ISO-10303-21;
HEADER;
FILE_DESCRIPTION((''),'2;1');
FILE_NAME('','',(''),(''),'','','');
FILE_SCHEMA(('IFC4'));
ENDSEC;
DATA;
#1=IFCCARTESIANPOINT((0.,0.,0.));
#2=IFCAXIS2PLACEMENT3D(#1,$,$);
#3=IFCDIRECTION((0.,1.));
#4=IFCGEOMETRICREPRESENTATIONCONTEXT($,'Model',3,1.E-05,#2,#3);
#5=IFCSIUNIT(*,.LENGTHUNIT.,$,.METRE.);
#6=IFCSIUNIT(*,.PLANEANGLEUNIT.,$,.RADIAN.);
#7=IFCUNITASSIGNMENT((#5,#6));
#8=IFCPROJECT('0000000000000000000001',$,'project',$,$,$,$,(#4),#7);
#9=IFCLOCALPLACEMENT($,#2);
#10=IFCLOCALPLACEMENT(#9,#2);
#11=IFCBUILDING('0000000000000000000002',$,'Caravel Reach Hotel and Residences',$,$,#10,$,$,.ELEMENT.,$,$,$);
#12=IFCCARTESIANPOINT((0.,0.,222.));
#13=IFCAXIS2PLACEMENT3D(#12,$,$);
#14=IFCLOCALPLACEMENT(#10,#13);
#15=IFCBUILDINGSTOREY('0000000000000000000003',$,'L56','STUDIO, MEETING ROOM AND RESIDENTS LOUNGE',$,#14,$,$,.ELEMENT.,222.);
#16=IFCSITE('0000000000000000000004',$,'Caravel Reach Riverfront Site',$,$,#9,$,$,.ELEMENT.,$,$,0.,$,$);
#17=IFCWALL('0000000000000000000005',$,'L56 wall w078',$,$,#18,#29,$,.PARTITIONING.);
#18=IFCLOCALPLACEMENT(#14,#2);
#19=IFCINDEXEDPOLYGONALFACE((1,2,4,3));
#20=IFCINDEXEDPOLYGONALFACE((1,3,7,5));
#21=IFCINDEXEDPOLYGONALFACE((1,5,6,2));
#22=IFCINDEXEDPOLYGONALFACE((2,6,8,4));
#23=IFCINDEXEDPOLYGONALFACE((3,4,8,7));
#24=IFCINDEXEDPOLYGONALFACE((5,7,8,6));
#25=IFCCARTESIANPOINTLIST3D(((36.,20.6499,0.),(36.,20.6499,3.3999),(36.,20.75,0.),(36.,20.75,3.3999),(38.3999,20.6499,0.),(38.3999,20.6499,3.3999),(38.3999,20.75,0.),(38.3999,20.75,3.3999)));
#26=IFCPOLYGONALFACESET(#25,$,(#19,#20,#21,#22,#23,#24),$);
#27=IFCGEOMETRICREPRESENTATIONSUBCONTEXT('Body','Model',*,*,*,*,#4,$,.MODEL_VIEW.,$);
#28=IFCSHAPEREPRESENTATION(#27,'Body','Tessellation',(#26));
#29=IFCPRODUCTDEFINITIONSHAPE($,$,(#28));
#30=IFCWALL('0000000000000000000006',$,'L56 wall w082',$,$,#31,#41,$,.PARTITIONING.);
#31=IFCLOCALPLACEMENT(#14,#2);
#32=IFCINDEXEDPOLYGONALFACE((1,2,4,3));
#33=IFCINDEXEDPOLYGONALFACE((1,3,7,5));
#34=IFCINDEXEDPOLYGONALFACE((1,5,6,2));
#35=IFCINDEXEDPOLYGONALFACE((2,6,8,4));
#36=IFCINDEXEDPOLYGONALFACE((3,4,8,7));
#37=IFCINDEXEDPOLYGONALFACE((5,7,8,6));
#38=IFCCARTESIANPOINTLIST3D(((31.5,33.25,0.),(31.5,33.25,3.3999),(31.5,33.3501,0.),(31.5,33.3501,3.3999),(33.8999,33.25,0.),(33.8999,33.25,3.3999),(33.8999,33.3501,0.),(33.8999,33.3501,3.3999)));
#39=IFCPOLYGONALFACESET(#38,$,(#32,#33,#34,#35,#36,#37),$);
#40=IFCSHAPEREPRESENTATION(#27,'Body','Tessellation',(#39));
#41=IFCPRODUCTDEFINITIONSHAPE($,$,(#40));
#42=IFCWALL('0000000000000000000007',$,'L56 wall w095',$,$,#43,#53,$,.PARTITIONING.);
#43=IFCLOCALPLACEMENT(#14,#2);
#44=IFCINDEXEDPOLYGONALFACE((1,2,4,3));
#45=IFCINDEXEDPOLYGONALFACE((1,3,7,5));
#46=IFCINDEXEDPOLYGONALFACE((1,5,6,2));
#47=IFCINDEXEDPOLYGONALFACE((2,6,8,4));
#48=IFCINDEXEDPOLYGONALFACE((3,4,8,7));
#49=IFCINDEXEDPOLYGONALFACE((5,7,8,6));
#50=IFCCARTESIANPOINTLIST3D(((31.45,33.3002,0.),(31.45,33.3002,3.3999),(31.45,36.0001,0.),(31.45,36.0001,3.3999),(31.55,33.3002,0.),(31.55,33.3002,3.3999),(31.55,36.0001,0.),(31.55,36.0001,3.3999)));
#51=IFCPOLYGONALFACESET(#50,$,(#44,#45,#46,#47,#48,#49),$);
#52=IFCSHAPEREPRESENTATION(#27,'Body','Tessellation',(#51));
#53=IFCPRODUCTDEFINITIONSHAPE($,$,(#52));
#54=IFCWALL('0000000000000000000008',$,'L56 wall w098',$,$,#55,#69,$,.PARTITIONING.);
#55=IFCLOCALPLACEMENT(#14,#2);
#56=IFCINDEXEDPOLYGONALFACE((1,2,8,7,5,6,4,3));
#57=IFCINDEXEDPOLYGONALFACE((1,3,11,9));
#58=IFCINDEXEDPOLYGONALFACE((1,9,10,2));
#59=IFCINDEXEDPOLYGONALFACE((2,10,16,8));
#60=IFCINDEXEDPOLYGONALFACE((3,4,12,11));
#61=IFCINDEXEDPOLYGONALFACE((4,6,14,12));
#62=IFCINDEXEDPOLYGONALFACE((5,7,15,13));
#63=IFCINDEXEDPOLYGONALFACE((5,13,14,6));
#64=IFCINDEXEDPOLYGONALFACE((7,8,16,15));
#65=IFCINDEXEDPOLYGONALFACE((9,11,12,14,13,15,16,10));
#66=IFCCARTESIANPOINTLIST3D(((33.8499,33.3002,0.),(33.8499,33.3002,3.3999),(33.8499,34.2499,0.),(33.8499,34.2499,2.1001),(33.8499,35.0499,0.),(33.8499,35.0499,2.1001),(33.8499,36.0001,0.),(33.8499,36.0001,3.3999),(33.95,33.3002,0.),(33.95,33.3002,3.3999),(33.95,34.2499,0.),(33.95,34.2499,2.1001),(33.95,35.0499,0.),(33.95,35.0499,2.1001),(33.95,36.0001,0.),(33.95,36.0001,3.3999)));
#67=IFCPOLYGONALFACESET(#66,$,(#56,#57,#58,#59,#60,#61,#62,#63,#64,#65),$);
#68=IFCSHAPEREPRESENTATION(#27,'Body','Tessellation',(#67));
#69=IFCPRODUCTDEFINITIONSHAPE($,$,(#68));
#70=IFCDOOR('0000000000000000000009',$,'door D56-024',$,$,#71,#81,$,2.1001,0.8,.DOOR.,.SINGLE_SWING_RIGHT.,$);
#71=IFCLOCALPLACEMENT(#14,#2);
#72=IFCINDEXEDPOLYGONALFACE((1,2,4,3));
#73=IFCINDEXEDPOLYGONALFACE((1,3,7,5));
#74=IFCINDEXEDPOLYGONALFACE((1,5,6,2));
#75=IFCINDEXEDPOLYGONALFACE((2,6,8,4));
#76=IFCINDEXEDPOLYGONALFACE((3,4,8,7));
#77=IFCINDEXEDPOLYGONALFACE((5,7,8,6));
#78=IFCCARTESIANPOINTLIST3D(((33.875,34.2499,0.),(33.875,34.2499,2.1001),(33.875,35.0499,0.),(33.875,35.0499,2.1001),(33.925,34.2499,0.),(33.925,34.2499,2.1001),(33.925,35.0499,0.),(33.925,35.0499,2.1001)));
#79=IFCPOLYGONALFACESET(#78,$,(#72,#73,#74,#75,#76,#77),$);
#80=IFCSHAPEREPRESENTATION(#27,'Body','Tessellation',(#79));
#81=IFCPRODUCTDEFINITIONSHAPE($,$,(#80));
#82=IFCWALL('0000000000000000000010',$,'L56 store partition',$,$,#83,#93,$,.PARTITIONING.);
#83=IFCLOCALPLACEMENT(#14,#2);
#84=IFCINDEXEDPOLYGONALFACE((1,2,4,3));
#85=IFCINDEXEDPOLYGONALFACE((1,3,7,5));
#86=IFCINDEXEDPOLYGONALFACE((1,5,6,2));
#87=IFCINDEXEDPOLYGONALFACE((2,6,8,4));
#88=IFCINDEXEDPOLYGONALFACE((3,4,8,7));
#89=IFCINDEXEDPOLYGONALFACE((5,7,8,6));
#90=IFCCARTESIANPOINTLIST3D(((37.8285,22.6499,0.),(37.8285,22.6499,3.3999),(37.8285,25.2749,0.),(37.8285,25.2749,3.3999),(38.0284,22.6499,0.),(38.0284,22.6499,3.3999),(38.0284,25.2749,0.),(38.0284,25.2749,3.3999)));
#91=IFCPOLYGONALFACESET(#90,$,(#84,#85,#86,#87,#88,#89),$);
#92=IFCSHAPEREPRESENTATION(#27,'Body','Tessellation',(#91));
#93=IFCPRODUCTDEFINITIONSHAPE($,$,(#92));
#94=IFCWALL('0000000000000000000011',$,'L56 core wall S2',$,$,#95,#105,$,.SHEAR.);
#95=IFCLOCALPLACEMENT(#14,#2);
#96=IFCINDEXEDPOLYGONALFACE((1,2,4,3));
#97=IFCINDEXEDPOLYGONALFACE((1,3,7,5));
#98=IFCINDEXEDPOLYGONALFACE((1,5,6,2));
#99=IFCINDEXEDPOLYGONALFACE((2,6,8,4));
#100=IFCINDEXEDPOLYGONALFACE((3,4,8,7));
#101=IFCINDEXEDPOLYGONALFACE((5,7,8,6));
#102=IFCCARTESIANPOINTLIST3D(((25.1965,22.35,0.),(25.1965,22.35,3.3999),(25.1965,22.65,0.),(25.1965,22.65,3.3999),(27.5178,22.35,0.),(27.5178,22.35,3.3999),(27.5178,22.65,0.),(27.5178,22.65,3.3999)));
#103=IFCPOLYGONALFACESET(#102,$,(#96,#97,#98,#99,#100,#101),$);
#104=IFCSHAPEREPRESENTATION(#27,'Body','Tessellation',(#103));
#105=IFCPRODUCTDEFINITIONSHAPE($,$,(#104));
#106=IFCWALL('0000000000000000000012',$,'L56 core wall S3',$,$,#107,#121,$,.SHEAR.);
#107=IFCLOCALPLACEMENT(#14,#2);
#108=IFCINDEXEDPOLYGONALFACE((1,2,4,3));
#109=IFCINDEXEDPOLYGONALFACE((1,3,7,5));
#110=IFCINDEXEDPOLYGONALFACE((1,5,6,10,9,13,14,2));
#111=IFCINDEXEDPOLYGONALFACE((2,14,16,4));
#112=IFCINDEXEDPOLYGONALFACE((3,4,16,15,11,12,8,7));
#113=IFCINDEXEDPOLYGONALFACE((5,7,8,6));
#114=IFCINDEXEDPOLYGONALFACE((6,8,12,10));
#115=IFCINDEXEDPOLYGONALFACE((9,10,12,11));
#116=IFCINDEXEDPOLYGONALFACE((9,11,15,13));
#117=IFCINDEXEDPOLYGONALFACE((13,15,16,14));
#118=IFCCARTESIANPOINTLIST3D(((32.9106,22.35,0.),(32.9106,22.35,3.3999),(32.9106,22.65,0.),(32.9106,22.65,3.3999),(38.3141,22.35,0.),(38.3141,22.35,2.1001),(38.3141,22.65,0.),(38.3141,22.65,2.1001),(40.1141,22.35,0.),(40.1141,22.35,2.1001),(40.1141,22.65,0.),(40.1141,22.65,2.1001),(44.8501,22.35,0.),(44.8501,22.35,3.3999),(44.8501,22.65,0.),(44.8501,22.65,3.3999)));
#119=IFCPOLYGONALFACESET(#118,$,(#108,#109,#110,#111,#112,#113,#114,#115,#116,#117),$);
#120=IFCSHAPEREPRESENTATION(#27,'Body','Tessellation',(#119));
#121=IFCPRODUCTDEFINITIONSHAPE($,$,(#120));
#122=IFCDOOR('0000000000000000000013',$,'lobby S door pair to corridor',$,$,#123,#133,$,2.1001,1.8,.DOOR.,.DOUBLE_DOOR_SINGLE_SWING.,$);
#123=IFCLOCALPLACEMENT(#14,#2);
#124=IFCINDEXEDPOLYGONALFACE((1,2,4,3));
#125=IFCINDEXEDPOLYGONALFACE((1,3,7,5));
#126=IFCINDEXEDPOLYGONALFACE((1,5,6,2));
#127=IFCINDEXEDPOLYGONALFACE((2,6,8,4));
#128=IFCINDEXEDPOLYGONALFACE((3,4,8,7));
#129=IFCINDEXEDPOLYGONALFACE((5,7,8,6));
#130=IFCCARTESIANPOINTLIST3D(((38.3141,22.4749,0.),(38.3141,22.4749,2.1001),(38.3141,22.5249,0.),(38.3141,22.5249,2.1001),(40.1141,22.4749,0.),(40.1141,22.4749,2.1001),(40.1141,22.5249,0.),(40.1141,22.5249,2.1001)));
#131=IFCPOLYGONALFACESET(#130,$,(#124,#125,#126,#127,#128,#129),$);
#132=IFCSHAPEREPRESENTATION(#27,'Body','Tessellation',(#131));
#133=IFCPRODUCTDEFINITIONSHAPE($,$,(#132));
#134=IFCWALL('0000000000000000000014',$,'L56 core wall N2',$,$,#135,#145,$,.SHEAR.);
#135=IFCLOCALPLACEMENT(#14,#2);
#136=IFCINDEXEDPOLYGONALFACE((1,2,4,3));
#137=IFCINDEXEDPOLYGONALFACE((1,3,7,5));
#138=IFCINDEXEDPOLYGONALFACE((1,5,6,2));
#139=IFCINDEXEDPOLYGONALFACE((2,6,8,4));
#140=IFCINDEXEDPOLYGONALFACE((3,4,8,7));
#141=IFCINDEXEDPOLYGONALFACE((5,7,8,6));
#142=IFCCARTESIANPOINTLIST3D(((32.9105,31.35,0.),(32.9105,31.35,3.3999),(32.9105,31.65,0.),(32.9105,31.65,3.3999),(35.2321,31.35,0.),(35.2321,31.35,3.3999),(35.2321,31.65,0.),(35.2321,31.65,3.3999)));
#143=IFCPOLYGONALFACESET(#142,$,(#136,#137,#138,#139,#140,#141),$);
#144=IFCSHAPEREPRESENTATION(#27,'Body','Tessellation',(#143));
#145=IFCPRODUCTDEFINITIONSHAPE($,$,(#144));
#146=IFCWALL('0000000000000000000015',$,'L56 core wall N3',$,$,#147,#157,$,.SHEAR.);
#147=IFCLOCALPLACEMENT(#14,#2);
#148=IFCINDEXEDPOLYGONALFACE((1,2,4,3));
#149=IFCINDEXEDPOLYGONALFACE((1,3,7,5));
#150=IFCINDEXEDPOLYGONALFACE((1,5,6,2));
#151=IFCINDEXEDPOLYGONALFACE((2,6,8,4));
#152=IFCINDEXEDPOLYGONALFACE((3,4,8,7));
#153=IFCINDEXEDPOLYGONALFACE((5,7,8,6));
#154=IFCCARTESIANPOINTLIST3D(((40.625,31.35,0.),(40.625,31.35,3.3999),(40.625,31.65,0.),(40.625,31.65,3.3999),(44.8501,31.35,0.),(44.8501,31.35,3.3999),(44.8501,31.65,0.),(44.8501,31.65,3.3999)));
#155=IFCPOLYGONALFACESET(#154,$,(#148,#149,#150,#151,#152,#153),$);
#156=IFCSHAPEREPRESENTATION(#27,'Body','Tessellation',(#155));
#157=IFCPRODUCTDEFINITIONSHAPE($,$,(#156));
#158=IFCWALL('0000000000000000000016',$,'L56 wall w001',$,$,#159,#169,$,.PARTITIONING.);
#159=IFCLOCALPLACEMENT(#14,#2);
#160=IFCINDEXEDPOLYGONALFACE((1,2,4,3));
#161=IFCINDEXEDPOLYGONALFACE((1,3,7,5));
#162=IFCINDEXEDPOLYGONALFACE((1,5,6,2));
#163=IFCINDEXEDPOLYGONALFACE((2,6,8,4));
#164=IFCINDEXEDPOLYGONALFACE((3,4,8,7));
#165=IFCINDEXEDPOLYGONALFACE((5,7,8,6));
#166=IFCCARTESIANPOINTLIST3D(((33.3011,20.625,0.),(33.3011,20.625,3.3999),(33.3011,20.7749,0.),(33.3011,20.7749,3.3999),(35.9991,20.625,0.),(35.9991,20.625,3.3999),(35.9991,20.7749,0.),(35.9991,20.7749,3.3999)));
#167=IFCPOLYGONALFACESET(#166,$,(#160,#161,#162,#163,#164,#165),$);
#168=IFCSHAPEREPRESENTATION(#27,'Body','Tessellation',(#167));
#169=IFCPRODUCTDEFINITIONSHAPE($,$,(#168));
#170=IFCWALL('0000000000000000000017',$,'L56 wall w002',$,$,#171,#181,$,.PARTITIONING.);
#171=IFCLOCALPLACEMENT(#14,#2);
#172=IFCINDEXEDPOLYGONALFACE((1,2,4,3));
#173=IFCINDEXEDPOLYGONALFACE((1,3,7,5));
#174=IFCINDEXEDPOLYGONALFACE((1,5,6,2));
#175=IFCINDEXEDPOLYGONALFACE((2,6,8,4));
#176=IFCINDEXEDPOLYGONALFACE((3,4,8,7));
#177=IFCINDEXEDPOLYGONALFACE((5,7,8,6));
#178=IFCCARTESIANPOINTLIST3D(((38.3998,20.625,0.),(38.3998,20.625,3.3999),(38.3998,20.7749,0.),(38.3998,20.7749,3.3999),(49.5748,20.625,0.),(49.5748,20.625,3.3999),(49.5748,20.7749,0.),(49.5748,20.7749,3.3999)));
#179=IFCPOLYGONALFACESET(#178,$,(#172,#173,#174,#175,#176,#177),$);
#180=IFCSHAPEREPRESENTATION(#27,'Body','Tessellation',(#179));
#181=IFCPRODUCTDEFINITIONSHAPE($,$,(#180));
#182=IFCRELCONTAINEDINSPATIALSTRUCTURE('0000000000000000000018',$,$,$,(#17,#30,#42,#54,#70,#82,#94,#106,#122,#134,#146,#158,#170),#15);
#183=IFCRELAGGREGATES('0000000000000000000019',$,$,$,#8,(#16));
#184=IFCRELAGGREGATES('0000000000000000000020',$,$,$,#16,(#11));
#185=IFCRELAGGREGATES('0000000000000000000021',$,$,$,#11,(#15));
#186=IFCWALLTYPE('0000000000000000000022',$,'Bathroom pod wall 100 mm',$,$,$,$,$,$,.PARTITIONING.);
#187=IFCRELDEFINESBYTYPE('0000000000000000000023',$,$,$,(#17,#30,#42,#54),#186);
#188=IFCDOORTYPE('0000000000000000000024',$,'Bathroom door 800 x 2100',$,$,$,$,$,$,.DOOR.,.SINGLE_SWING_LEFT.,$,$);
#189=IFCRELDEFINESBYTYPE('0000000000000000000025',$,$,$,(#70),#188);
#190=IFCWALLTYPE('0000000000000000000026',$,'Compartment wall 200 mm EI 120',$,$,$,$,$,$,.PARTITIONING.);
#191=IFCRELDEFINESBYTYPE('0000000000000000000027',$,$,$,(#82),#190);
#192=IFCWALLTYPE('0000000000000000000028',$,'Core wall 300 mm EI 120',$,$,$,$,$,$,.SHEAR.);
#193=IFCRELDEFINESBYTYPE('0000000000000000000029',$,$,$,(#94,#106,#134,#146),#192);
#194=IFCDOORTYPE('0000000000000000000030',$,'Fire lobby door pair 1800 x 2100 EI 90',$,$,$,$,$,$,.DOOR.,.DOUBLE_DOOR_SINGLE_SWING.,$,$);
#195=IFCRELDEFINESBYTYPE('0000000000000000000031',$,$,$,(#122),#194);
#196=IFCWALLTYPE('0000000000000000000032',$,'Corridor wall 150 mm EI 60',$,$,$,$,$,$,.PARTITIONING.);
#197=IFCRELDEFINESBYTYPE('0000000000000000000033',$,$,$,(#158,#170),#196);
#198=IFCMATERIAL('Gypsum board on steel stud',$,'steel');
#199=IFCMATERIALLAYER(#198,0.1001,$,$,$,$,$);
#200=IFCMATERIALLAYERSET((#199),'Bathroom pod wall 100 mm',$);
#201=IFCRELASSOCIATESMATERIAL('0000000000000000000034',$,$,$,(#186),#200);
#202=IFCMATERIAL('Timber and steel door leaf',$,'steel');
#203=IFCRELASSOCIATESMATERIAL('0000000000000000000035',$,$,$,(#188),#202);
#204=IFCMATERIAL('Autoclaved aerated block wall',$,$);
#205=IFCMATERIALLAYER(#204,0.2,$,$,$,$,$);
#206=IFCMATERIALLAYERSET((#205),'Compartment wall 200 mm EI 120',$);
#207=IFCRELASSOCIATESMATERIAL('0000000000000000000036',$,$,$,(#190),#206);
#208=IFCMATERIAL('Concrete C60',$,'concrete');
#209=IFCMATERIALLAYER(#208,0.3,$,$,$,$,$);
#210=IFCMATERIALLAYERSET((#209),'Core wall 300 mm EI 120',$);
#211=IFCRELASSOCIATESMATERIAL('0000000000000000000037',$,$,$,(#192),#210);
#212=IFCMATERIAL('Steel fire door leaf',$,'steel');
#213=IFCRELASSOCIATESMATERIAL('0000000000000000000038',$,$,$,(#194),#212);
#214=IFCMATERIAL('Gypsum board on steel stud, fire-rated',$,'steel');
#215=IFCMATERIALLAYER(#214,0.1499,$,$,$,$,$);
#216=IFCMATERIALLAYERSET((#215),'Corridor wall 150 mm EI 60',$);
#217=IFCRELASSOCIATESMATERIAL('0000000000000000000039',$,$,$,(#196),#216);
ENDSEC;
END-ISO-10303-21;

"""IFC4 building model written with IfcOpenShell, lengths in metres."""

from ifc_helpers import new_model, si_unit, direction, frame, frame_2d, origin, place, context, subcontext, project, spatial, rectangle, extrude, material, layer, layer_set, type_object, element, fill, save


model = new_model("IFC4")

# Units and contexts
model_context = context("Model", 3, precision=1e-05, world=origin(), true_north=direction((0.0, 1.0)))
body_context = subcontext(model_context, "Body", "Model", "MODEL_VIEW")
ifc_project = project(units=[si_unit("LENGTHUNIT", "METRE"), si_unit("PLANEANGLEUNIT", "RADIAN")], contexts=[model_context])

# Site, building, storey
site_placement = place(None, origin())
site = spatial("IfcSite", under=ifc_project, at=site_placement, Name="Caravel Reach Riverfront Site", CompositionType="ELEMENT", RefElevation=0.0)
building_placement = place(site_placement, origin())
building = spatial("IfcBuilding", under=site, at=building_placement, Name="Caravel Reach Hotel and Residences", CompositionType="ELEMENT")
storey_placement = place(building_placement, frame((0.0, 0.0, 222.0)))
storey = spatial("IfcBuildingStorey", under=building, at=storey_placement, Name="L56", Description="STUDIO, MEETING ROOM AND RESIDENTS LOUNGE", CompositionType="ELEMENT", Elevation=222.0)

# Walls
ifc_material_1 = material(Name="Gypsum board on steel stud", Category="steel")
ifc_layer_1 = layer(ifc_material_1, 0.1001)
ifc_layer_set_1 = layer_set([ifc_layer_1], Name="Bathroom pod wall 100 mm")
wall_type_1 = type_object("IfcWallType", Name="Bathroom pod wall 100 mm", PredefinedType="PARTITIONING", material=ifc_layer_set_1)
for number, where, z_axis, x_axis, name in (
    (1, (36.0, 20.7, 0.0), (0.0, 0.0, 1.0), (1.0, 0.0, 0.0), "L56 wall w078"),
    (2, (31.5, 33.3, 0.0), (0.0, 0.0, 1.0), (1.0, 0.0, 0.0), "L56 wall w082"),
):
    element("IfcWall", number, at=place(storey_placement, frame(where, z_axis=z_axis, x_axis=x_axis)), inside=storey, type_object=wall_type_1, Name=name, PredefinedType="PARTITIONING", context=body_context, shape_type="SweptSolid", body=[
        extrude(rectangle(XDim=2.3999, YDim=0.1001, at=frame_2d((1.2, 0.0))), origin(), (0.0, 0.0, 1.0), 3.3999),
    ])
wall_1_placement = place(storey_placement, frame((31.5, 33.3, 0.0), z_axis=(0.0, 0.0, 1.0), x_axis=(0.0, 1.0, 0.0)))
element("IfcWall", 3, at=wall_1_placement, inside=storey, type_object=wall_type_1, Name="L56 wall w095", PredefinedType="PARTITIONING", context=body_context, shape_type="SweptSolid", body=[
    extrude(rectangle(XDim=2.7, YDim=0.1001, at=frame_2d((1.3501, 0.0))), origin(), (0.0, 0.0, 1.0), 3.3999),
])

# Wall, opening, door
wall_2_placement = place(storey_placement, frame((33.8999, 33.3, 0.0), z_axis=(0.0, 0.0, 1.0), x_axis=(0.0, 1.0, 0.0)))
wall_2 = element("IfcWall", 4, at=wall_2_placement, inside=storey, type_object=wall_type_1, Name="L56 wall w098", PredefinedType="PARTITIONING", context=body_context, shape_type="SweptSolid", body=[
    extrude(rectangle(XDim=2.7, YDim=0.1001, at=frame_2d((1.3501, 0.0))), origin(), (0.0, 0.0, 1.0), 3.3999),
])
opening_1_placement = place(wall_2_placement, frame((0.95, 0.0, 0.0)))
opening_1 = element("IfcOpeningElement", 5, at=opening_1_placement, cuts=wall_2, PredefinedType="OPENING", context=body_context, shape_type="SweptSolid", body=[
    extrude(rectangle(XDim=0.8, YDim=2.1001, at=frame_2d((0.3999, 1.05))), frame((0.0, 0.0601, 0.0), z_axis=(0.0, -1.0, 0.0), x_axis=(1.0, 0.0, 0.0)), (0.0, 0.0, 1.0), 0.1201),
])
ifc_material_2 = material(Name="Timber and steel door leaf", Category="steel")
door_type_1 = type_object("IfcDoorType", Name="Bathroom door 800 x 2100", OperationType="SINGLE_SWING_LEFT", PredefinedType="DOOR", material=ifc_material_2)
door_1_placement = place(opening_1_placement, origin())
door_1 = element("IfcDoor", 6, at=door_1_placement, inside=storey, type_object=door_type_1, Name="door D56-024", OperationType="SINGLE_SWING_RIGHT", OverallHeight=2.1001, OverallWidth=0.8, PredefinedType="DOOR", context=body_context, shape_type="SweptSolid", body=[
    extrude(rectangle(XDim=0.8, YDim=2.1001, at=frame_2d((0.3999, 1.05))), frame((0.0, 0.0249, 0.0), z_axis=(0.0, -1.0, 0.0), x_axis=(1.0, 0.0, 0.0)), (0.0, 0.0, 1.0), 0.05),
])
fill(opening_1, door_1)

# Walls
ifc_material_3 = material(Name="Autoclaved aerated block wall")
ifc_layer_2 = layer(ifc_material_3, 0.2)
ifc_layer_set_2 = layer_set([ifc_layer_2], Name="Compartment wall 200 mm EI 120")
wall_type_2 = type_object("IfcWallType", Name="Compartment wall 200 mm EI 120", PredefinedType="PARTITIONING", material=ifc_layer_set_2)
wall_3_placement = place(storey_placement, frame((37.9285, 22.6499, 0.0), z_axis=(0.0, 0.0, 1.0), x_axis=(0.0, 1.0, 0.0)))
element("IfcWall", 7, at=wall_3_placement, inside=storey, type_object=wall_type_2, Name="L56 store partition", PredefinedType="PARTITIONING", context=body_context, shape_type="SweptSolid", body=[
    extrude(rectangle(XDim=2.625, YDim=0.2, at=frame_2d((1.3125, 0.0))), origin(), (0.0, 0.0, 1.0), 3.3999),
])
ifc_material_4 = material(Name="Concrete C60", Category="concrete")
ifc_layer_3 = layer(ifc_material_4, 0.3)
ifc_layer_set_3 = layer_set([ifc_layer_3], Name="Core wall 300 mm EI 120")
wall_type_3 = type_object("IfcWallType", Name="Core wall 300 mm EI 120", PredefinedType="SHEAR", material=ifc_layer_set_3)
wall_4_placement = place(storey_placement, frame((25.1965, 22.5, 0.0), z_axis=(0.0, 0.0, 1.0), x_axis=(1.0, 0.0, 0.0)))
element("IfcWall", 8, at=wall_4_placement, inside=storey, type_object=wall_type_3, Name="L56 core wall S2", PredefinedType="SHEAR", context=body_context, shape_type="SweptSolid", body=[
    extrude(rectangle(XDim=2.3213, YDim=0.3, at=frame_2d((1.1606, 0.0))), origin(), (0.0, 0.0, 1.0), 3.3999),
])

# Wall, opening, door
wall_5_placement = place(storey_placement, frame((32.9106, 22.5, 0.0), z_axis=(0.0, 0.0, 1.0), x_axis=(1.0, 0.0, 0.0)))
wall_5 = element("IfcWall", 9, at=wall_5_placement, inside=storey, type_object=wall_type_3, Name="L56 core wall S3", PredefinedType="SHEAR", context=body_context, shape_type="SweptSolid", body=[
    extrude(rectangle(XDim=11.9395, YDim=0.3, at=frame_2d((5.9697, 0.0))), origin(), (0.0, 0.0, 1.0), 3.3999),
])
opening_2_placement = place(wall_5_placement, frame((5.4036, 0.0, 0.0)))
opening_2 = element("IfcOpeningElement", 10, at=opening_2_placement, cuts=wall_5, PredefinedType="OPENING", context=body_context, shape_type="SweptSolid", body=[
    extrude(rectangle(XDim=1.8, YDim=2.1001, at=frame_2d((0.8999, 1.05))), frame((0.0, 0.1599, 0.0), z_axis=(0.0, -1.0, 0.0), x_axis=(1.0, 0.0, 0.0)), (0.0, 0.0, 1.0), 0.3201),
])
ifc_material_5 = material(Name="Steel fire door leaf", Category="steel")
door_type_2 = type_object("IfcDoorType", Name="Fire lobby door pair 1800 x 2100 EI 90", OperationType="DOUBLE_DOOR_SINGLE_SWING", PredefinedType="DOOR", material=ifc_material_5)
door_2_placement = place(opening_2_placement, origin())
door_2 = element("IfcDoor", 11, at=door_2_placement, inside=storey, type_object=door_type_2, Name="lobby S door pair to corridor", OperationType="DOUBLE_DOOR_SINGLE_SWING", OverallHeight=2.1001, OverallWidth=1.8, PredefinedType="DOOR", context=body_context, shape_type="SweptSolid", body=[
    extrude(rectangle(XDim=1.8, YDim=2.1001, at=frame_2d((0.8999, 1.05))), frame((0.0, 0.0249, 0.0), z_axis=(0.0, -1.0, 0.0), x_axis=(1.0, 0.0, 0.0)), (0.0, 0.0, 1.0), 0.05),
])
fill(opening_2, door_2)

# Walls
wall_6_placement = place(storey_placement, frame((32.9106, 31.5, 0.0), z_axis=(0.0, 0.0, 1.0), x_axis=(1.0, 0.0, 0.0)))
element("IfcWall", 12, at=wall_6_placement, inside=storey, type_object=wall_type_3, Name="L56 core wall N2", PredefinedType="SHEAR", context=body_context, shape_type="SweptSolid", body=[
    extrude(rectangle(XDim=2.3215, YDim=0.3, at=frame_2d((1.1606, 0.0))), origin(), (0.0, 0.0, 1.0), 3.3999),
])
wall_7_placement = place(storey_placement, frame((40.625, 31.5, 0.0), z_axis=(0.0, 0.0, 1.0), x_axis=(1.0, 0.0, 0.0)))
element("IfcWall", 13, at=wall_7_placement, inside=storey, type_object=wall_type_3, Name="L56 core wall N3", PredefinedType="SHEAR", context=body_context, shape_type="SweptSolid", body=[
    extrude(rectangle(XDim=4.2251, YDim=0.3, at=frame_2d((2.1125, 0.0))), origin(), (0.0, 0.0, 1.0), 3.3999),
])
ifc_material_6 = material(Name="Gypsum board on steel stud, fire-rated", Category="steel")
ifc_layer_4 = layer(ifc_material_6, 0.1499)
ifc_layer_set_4 = layer_set([ifc_layer_4], Name="Corridor wall 150 mm EI 60")
wall_type_4 = type_object("IfcWallType", Name="Corridor wall 150 mm EI 60", PredefinedType="PARTITIONING", material=ifc_layer_set_4)
wall_8_placement = place(storey_placement, frame((33.301, 20.7, 0.0), z_axis=(0.0, 0.0, 1.0), x_axis=(1.0, 0.0, 0.0)))
element("IfcWall", 14, at=wall_8_placement, inside=storey, type_object=wall_type_4, Name="L56 wall w001", PredefinedType="PARTITIONING", context=body_context, shape_type="SweptSolid", body=[
    extrude(rectangle(XDim=2.698, YDim=0.1499, at=frame_2d((1.3491, 0.0))), origin(), (0.0, 0.0, 1.0), 3.3999),
])
wall_9_placement = place(storey_placement, frame((38.3999, 20.7, 0.0), z_axis=(0.0, 0.0, 1.0), x_axis=(1.0, 0.0, 0.0)))
element("IfcWall", 15, at=wall_9_placement, inside=storey, type_object=wall_type_4, Name="L56 wall w002", PredefinedType="PARTITIONING", context=body_context, shape_type="SweptSolid", body=[
    extrude(rectangle(XDim=11.175, YDim=0.1499, at=frame_2d((5.5874, 0.0))), origin(), (0.0, 0.0, 1.0), 3.3999),
])

save(model, "model.ifc")
